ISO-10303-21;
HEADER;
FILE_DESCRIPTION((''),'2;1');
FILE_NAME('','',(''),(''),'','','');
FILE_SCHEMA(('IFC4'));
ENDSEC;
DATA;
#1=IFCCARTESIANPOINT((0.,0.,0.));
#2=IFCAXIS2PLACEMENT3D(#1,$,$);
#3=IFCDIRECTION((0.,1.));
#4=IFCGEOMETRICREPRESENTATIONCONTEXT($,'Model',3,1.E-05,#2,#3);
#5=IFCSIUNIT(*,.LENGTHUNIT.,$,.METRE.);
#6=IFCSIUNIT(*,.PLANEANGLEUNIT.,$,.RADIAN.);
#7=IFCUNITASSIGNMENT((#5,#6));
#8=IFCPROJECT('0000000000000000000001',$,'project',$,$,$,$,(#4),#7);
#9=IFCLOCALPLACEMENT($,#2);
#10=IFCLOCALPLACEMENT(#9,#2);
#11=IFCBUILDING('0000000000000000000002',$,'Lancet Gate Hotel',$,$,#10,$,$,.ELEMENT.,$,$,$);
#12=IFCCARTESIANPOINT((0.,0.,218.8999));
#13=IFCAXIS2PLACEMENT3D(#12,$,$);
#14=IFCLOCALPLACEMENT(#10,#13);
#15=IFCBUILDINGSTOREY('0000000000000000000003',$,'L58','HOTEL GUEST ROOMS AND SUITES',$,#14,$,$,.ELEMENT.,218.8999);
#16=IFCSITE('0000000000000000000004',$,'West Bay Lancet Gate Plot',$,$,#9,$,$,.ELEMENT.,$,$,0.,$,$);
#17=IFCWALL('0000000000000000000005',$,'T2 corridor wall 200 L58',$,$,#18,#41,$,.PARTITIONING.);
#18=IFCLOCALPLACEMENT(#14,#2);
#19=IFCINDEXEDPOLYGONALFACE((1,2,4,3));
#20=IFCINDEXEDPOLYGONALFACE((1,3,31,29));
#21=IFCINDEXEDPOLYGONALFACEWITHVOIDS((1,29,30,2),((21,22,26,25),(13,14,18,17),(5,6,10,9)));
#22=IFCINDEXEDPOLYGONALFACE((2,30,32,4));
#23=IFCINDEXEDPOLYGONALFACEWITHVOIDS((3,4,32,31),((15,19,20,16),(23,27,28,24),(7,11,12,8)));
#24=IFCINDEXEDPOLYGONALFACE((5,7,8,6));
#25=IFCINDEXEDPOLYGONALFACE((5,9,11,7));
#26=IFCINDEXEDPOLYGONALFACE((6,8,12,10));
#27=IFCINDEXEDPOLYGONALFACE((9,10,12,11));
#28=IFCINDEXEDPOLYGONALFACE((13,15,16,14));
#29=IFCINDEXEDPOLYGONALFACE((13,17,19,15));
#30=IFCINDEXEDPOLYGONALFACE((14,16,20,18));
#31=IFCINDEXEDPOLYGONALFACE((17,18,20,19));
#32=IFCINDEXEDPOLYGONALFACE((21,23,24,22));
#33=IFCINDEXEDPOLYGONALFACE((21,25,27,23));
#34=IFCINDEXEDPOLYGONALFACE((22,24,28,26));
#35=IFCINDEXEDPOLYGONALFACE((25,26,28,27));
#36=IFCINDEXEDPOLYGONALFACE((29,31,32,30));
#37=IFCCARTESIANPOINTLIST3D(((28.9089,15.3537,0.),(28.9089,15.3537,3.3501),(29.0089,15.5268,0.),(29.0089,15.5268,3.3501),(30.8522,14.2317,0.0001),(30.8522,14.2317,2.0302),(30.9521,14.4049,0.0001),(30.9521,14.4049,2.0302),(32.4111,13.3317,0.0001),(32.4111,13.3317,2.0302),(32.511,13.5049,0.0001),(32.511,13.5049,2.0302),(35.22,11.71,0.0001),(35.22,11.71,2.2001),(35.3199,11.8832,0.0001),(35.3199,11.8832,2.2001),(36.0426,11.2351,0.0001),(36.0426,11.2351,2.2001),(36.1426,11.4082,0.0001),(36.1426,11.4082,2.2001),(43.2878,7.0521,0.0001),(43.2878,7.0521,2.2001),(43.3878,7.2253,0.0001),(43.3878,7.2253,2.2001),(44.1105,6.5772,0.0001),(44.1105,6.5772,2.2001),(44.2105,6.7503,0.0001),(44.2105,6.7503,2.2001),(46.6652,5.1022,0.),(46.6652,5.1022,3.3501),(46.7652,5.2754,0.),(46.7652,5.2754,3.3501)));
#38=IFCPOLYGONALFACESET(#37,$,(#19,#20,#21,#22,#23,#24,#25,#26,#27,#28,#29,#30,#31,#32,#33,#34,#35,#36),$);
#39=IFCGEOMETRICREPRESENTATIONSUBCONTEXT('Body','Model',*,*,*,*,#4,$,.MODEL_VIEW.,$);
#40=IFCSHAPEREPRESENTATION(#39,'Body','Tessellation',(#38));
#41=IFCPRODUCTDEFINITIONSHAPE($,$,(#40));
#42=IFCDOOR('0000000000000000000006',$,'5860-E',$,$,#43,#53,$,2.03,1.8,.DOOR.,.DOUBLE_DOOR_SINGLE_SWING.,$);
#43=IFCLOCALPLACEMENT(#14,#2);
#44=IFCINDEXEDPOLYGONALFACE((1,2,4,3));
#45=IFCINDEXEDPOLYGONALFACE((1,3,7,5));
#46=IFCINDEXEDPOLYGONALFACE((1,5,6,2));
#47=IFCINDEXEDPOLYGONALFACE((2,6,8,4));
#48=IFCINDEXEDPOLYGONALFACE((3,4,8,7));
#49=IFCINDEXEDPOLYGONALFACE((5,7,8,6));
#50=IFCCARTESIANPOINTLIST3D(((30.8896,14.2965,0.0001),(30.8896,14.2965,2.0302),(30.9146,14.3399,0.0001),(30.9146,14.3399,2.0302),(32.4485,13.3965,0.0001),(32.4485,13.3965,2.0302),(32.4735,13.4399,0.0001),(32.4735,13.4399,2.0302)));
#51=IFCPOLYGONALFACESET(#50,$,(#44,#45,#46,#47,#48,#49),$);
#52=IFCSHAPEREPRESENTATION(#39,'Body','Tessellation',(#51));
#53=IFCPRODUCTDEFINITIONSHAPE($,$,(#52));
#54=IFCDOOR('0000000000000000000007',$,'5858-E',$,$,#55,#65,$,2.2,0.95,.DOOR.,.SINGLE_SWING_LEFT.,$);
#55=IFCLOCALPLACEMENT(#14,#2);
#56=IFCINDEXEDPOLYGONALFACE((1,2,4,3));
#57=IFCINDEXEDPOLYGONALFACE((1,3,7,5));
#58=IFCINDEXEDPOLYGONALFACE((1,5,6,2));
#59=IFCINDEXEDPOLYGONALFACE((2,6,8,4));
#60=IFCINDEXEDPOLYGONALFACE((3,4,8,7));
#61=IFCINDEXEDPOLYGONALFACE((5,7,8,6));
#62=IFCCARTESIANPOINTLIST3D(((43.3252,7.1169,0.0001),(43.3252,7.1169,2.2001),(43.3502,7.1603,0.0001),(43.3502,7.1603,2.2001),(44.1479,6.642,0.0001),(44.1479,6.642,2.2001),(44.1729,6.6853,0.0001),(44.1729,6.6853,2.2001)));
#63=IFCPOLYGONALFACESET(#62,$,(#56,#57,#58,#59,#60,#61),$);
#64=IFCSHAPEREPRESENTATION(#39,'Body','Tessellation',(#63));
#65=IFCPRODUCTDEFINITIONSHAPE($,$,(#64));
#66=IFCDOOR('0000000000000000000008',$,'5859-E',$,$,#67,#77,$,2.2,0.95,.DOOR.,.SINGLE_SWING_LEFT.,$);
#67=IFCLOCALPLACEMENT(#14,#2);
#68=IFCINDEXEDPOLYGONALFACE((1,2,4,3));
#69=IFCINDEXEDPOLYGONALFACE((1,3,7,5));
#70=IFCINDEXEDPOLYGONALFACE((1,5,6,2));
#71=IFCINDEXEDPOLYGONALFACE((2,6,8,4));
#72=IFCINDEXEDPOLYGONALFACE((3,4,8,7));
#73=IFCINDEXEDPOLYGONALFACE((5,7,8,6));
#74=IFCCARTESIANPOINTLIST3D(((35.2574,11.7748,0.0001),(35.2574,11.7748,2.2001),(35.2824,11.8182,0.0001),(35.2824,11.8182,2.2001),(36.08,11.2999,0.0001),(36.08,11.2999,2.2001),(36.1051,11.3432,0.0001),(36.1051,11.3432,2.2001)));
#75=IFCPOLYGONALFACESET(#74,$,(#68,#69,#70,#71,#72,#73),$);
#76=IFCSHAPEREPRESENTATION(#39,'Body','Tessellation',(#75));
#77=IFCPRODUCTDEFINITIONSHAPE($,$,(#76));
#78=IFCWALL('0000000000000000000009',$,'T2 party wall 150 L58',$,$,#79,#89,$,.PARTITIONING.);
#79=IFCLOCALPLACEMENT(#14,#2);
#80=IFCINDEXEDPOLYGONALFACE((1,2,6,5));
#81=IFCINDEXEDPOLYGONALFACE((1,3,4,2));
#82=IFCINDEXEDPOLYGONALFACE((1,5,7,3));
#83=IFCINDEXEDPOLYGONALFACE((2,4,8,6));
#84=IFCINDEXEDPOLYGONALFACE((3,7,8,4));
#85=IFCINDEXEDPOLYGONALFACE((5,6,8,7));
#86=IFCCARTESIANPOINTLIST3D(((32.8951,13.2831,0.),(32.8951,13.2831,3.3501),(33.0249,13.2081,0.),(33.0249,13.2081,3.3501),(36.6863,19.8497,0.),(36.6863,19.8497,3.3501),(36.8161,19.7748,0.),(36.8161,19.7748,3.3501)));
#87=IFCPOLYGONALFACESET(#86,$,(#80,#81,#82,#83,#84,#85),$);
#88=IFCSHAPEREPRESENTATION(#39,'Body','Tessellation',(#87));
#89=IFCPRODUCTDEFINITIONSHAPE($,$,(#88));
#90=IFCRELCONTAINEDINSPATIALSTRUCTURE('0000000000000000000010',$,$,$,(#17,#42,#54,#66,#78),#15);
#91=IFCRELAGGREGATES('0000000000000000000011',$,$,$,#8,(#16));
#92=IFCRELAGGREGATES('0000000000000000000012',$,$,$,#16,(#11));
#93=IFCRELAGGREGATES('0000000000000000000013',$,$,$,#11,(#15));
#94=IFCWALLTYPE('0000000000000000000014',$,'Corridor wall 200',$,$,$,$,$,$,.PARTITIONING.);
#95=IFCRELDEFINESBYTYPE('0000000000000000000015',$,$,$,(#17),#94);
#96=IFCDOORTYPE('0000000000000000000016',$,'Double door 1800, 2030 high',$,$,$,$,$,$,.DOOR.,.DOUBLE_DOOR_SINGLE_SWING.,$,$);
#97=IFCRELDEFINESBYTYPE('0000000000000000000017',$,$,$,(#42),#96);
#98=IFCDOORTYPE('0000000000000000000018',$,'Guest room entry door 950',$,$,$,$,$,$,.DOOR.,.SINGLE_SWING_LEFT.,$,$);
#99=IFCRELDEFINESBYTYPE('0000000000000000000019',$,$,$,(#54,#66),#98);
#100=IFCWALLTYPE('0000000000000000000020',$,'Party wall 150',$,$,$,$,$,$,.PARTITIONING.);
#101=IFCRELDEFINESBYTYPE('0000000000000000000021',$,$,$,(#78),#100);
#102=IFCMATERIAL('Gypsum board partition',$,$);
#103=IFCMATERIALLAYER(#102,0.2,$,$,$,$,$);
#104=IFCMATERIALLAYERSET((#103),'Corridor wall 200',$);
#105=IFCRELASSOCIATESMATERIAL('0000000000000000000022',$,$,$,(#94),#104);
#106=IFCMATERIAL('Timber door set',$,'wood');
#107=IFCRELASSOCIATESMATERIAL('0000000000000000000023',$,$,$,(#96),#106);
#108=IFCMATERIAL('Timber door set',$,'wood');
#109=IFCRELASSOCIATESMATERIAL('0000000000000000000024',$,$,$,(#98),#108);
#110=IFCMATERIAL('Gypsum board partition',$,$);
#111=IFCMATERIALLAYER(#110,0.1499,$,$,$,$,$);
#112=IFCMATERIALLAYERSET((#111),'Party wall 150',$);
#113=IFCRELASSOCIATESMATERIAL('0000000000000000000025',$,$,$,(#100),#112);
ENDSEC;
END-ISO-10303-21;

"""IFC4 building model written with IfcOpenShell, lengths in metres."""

from ifc_helpers import new_model, si_unit, direction, frame, frame_2d, origin, place, context, subcontext, project, spatial, rectangle, extrude, material, layer, layer_set, type_object, element, fill, save


model = new_model("IFC4")

# Units and contexts
model_context = context("Model", 3, precision=1e-05, world=origin(), true_north=direction((0.0, 1.0)))
body_context = subcontext(model_context, "Body", "Model", "MODEL_VIEW")
ifc_project = project(units=[si_unit("LENGTHUNIT", "METRE"), si_unit("PLANEANGLEUNIT", "RADIAN")], contexts=[model_context])

# Site, building, storey
site_placement = place(None, origin())
site = spatial("IfcSite", under=ifc_project, at=site_placement, Name="West Bay Lancet Gate Plot", CompositionType="ELEMENT", RefElevation=0.0)
building_placement = place(site_placement, origin())
building = spatial("IfcBuilding", under=site, at=building_placement, Name="Lancet Gate Hotel", CompositionType="ELEMENT")
storey_placement = place(building_placement, frame((0.0, 0.0, 218.8999)))
storey = spatial("IfcBuildingStorey", under=building, at=storey_placement, Name="L58", Description="HOTEL GUEST ROOMS AND SUITES", CompositionType="ELEMENT", Elevation=218.8999)

# Wall, openings, doors
ifc_material_1 = material(Name="Gypsum board partition")
ifc_layer_1 = layer(ifc_material_1, 0.2)
ifc_layer_set_1 = layer_set([ifc_layer_1], Name="Corridor wall 200")
wall_type_1 = type_object("IfcWallType", Name="Corridor wall 200", PredefinedType="PARTITIONING", material=ifc_layer_set_1)
wall_1_placement = place(storey_placement, frame((28.959, 15.4402, 0.0), z_axis=(0.0, 0.0, 1.0), x_axis=(0.866029, -0.499994, 0.0)))
wall_1 = element("IfcWall", 1, at=wall_1_placement, inside=storey, type_object=wall_type_1, Name="T2 corridor wall 200 L58", PredefinedType="PARTITIONING", context=body_context, shape_type="SweptSolid", body=[
    extrude(rectangle(XDim=20.5032, YDim=0.2, at=frame_2d((10.2515, 0.0))), origin(), (0.0, 0.0, 1.0), 3.3501),
])
opening_1_placement = place(wall_1_placement, frame((16.603, 0.0, 0.0)))
opening_1 = element("IfcOpeningElement", 2, at=opening_1_placement, cuts=wall_1, PredefinedType="OPENING", context=body_context, shape_type="SweptSolid", body=[
    extrude(rectangle(XDim=0.95, YDim=2.2, at=frame_2d((0.4751, 1.1001))), frame((0.0, 0.1099, 0.0), z_axis=(0.0, -1.0, 0.0), x_axis=(1.0, 0.0, 0.0)), (0.0, 0.0, 1.0), 0.22),
])
opening_2_placement = place(wall_1_placement, frame((7.2871, 0.0, 0.0)))
opening_2 = element("IfcOpeningElement", 3, at=opening_2_placement, cuts=wall_1, PredefinedType="OPENING", context=body_context, shape_type="SweptSolid", body=[
    extrude(rectangle(XDim=0.95, YDim=2.2, at=frame_2d((0.4751, 1.1001))), frame((0.0, 0.1099, 0.0), z_axis=(0.0, -1.0, 0.0), x_axis=(1.0, 0.0, 0.0)), (0.0, 0.0, 1.0), 0.22),
])
opening_3_placement = place(wall_1_placement, frame((2.2439, 0.0, 0.0)))
opening_3 = element("IfcOpeningElement", 4, at=opening_3_placement, cuts=wall_1, PredefinedType="OPENING", context=body_context, shape_type="SweptSolid", body=[
    extrude(rectangle(XDim=1.8, YDim=2.03, at=frame_2d((0.8999, 1.0151))), frame((0.0, 0.1099, 0.0), z_axis=(0.0, -1.0, 0.0), x_axis=(1.0, 0.0, 0.0)), (0.0, 0.0, 1.0), 0.22),
])
ifc_material_2 = material(Name="Timber door set", Category="wood")
door_type_1 = type_object("IfcDoorType", Name="Double door 1800, 2030 high", OperationType="DOUBLE_DOOR_SINGLE_SWING", PredefinedType="DOOR", material=ifc_material_2)
door_1_placement = place(opening_3_placement, origin())
door_1 = element("IfcDoor", 5, at=door_1_placement, inside=storey, type_object=door_type_1, Name="5860-E", OperationType="DOUBLE_DOOR_SINGLE_SWING", OverallHeight=2.03, OverallWidth=1.8, PredefinedType="DOOR", context=body_context, shape_type="SweptSolid", body=[
    extrude(rectangle(XDim=1.8, YDim=2.03, at=frame_2d((0.8999, 1.0151))), frame((0.0, 0.0249, 0.0), z_axis=(0.0, -1.0, 0.0), x_axis=(1.0, 0.0, 0.0)), (0.0, 0.0, 1.0), 0.05),
])
fill(opening_3, door_1)
ifc_material_3 = material(Name="Timber door set", Category="wood")
door_type_2 = type_object("IfcDoorType", Name="Guest room entry door 950", OperationType="SINGLE_SWING_LEFT", PredefinedType="DOOR", material=ifc_material_3)
door_2_placement = place(opening_1_placement, origin())
door_2 = element("IfcDoor", 6, at=door_2_placement, inside=storey, type_object=door_type_2, Name="5858-E", OperationType="SINGLE_SWING_LEFT", OverallHeight=2.2, OverallWidth=0.95, PredefinedType="DOOR", context=body_context, shape_type="SweptSolid", body=[
    extrude(rectangle(XDim=0.95, YDim=2.2, at=frame_2d((0.4751, 1.1001))), frame((0.0, 0.0249, 0.0), z_axis=(0.0, -1.0, 0.0), x_axis=(1.0, 0.0, 0.0)), (0.0, 0.0, 1.0), 0.05),
])
fill(opening_1, door_2)
door_3_placement = place(opening_2_placement, origin())
door_3 = element("IfcDoor", 7, at=door_3_placement, inside=storey, type_object=door_type_2, Name="5859-E", OperationType="SINGLE_SWING_LEFT", OverallHeight=2.2, OverallWidth=0.95, PredefinedType="DOOR", context=body_context, shape_type="SweptSolid", body=[
    extrude(rectangle(XDim=0.95, YDim=2.2, at=frame_2d((0.4751, 1.1001))), frame((0.0, 0.0249, 0.0), z_axis=(0.0, -1.0, 0.0), x_axis=(1.0, 0.0, 0.0)), (0.0, 0.0, 1.0), 0.05),
])
fill(opening_2, door_3)

# Wall
ifc_material_4 = material(Name="Gypsum board partition")
ifc_layer_2 = layer(ifc_material_4, 0.1499)
ifc_layer_set_2 = layer_set([ifc_layer_2], Name="Party wall 150")
wall_type_2 = type_object("IfcWallType", Name="Party wall 150", PredefinedType="PARTITIONING", material=ifc_layer_set_2)
wall_2_placement = place(storey_placement, frame((32.96, 13.2456, 0.0), z_axis=(0.0, 0.0, 1.0), x_axis=(0.5, 0.866025, 0.0)))
element("IfcWall", 8, at=wall_2_placement, inside=storey, type_object=wall_type_2, Name="T2 party wall 150 L58", PredefinedType="PARTITIONING", context=body_context, shape_type="SweptSolid", body=[
    extrude(rectangle(XDim=7.5825, YDim=0.1499, at=frame_2d((3.7913, 0.0))), origin(), (0.0, 0.0, 1.0), 3.3501),
])

save(model, "model.ifc")
